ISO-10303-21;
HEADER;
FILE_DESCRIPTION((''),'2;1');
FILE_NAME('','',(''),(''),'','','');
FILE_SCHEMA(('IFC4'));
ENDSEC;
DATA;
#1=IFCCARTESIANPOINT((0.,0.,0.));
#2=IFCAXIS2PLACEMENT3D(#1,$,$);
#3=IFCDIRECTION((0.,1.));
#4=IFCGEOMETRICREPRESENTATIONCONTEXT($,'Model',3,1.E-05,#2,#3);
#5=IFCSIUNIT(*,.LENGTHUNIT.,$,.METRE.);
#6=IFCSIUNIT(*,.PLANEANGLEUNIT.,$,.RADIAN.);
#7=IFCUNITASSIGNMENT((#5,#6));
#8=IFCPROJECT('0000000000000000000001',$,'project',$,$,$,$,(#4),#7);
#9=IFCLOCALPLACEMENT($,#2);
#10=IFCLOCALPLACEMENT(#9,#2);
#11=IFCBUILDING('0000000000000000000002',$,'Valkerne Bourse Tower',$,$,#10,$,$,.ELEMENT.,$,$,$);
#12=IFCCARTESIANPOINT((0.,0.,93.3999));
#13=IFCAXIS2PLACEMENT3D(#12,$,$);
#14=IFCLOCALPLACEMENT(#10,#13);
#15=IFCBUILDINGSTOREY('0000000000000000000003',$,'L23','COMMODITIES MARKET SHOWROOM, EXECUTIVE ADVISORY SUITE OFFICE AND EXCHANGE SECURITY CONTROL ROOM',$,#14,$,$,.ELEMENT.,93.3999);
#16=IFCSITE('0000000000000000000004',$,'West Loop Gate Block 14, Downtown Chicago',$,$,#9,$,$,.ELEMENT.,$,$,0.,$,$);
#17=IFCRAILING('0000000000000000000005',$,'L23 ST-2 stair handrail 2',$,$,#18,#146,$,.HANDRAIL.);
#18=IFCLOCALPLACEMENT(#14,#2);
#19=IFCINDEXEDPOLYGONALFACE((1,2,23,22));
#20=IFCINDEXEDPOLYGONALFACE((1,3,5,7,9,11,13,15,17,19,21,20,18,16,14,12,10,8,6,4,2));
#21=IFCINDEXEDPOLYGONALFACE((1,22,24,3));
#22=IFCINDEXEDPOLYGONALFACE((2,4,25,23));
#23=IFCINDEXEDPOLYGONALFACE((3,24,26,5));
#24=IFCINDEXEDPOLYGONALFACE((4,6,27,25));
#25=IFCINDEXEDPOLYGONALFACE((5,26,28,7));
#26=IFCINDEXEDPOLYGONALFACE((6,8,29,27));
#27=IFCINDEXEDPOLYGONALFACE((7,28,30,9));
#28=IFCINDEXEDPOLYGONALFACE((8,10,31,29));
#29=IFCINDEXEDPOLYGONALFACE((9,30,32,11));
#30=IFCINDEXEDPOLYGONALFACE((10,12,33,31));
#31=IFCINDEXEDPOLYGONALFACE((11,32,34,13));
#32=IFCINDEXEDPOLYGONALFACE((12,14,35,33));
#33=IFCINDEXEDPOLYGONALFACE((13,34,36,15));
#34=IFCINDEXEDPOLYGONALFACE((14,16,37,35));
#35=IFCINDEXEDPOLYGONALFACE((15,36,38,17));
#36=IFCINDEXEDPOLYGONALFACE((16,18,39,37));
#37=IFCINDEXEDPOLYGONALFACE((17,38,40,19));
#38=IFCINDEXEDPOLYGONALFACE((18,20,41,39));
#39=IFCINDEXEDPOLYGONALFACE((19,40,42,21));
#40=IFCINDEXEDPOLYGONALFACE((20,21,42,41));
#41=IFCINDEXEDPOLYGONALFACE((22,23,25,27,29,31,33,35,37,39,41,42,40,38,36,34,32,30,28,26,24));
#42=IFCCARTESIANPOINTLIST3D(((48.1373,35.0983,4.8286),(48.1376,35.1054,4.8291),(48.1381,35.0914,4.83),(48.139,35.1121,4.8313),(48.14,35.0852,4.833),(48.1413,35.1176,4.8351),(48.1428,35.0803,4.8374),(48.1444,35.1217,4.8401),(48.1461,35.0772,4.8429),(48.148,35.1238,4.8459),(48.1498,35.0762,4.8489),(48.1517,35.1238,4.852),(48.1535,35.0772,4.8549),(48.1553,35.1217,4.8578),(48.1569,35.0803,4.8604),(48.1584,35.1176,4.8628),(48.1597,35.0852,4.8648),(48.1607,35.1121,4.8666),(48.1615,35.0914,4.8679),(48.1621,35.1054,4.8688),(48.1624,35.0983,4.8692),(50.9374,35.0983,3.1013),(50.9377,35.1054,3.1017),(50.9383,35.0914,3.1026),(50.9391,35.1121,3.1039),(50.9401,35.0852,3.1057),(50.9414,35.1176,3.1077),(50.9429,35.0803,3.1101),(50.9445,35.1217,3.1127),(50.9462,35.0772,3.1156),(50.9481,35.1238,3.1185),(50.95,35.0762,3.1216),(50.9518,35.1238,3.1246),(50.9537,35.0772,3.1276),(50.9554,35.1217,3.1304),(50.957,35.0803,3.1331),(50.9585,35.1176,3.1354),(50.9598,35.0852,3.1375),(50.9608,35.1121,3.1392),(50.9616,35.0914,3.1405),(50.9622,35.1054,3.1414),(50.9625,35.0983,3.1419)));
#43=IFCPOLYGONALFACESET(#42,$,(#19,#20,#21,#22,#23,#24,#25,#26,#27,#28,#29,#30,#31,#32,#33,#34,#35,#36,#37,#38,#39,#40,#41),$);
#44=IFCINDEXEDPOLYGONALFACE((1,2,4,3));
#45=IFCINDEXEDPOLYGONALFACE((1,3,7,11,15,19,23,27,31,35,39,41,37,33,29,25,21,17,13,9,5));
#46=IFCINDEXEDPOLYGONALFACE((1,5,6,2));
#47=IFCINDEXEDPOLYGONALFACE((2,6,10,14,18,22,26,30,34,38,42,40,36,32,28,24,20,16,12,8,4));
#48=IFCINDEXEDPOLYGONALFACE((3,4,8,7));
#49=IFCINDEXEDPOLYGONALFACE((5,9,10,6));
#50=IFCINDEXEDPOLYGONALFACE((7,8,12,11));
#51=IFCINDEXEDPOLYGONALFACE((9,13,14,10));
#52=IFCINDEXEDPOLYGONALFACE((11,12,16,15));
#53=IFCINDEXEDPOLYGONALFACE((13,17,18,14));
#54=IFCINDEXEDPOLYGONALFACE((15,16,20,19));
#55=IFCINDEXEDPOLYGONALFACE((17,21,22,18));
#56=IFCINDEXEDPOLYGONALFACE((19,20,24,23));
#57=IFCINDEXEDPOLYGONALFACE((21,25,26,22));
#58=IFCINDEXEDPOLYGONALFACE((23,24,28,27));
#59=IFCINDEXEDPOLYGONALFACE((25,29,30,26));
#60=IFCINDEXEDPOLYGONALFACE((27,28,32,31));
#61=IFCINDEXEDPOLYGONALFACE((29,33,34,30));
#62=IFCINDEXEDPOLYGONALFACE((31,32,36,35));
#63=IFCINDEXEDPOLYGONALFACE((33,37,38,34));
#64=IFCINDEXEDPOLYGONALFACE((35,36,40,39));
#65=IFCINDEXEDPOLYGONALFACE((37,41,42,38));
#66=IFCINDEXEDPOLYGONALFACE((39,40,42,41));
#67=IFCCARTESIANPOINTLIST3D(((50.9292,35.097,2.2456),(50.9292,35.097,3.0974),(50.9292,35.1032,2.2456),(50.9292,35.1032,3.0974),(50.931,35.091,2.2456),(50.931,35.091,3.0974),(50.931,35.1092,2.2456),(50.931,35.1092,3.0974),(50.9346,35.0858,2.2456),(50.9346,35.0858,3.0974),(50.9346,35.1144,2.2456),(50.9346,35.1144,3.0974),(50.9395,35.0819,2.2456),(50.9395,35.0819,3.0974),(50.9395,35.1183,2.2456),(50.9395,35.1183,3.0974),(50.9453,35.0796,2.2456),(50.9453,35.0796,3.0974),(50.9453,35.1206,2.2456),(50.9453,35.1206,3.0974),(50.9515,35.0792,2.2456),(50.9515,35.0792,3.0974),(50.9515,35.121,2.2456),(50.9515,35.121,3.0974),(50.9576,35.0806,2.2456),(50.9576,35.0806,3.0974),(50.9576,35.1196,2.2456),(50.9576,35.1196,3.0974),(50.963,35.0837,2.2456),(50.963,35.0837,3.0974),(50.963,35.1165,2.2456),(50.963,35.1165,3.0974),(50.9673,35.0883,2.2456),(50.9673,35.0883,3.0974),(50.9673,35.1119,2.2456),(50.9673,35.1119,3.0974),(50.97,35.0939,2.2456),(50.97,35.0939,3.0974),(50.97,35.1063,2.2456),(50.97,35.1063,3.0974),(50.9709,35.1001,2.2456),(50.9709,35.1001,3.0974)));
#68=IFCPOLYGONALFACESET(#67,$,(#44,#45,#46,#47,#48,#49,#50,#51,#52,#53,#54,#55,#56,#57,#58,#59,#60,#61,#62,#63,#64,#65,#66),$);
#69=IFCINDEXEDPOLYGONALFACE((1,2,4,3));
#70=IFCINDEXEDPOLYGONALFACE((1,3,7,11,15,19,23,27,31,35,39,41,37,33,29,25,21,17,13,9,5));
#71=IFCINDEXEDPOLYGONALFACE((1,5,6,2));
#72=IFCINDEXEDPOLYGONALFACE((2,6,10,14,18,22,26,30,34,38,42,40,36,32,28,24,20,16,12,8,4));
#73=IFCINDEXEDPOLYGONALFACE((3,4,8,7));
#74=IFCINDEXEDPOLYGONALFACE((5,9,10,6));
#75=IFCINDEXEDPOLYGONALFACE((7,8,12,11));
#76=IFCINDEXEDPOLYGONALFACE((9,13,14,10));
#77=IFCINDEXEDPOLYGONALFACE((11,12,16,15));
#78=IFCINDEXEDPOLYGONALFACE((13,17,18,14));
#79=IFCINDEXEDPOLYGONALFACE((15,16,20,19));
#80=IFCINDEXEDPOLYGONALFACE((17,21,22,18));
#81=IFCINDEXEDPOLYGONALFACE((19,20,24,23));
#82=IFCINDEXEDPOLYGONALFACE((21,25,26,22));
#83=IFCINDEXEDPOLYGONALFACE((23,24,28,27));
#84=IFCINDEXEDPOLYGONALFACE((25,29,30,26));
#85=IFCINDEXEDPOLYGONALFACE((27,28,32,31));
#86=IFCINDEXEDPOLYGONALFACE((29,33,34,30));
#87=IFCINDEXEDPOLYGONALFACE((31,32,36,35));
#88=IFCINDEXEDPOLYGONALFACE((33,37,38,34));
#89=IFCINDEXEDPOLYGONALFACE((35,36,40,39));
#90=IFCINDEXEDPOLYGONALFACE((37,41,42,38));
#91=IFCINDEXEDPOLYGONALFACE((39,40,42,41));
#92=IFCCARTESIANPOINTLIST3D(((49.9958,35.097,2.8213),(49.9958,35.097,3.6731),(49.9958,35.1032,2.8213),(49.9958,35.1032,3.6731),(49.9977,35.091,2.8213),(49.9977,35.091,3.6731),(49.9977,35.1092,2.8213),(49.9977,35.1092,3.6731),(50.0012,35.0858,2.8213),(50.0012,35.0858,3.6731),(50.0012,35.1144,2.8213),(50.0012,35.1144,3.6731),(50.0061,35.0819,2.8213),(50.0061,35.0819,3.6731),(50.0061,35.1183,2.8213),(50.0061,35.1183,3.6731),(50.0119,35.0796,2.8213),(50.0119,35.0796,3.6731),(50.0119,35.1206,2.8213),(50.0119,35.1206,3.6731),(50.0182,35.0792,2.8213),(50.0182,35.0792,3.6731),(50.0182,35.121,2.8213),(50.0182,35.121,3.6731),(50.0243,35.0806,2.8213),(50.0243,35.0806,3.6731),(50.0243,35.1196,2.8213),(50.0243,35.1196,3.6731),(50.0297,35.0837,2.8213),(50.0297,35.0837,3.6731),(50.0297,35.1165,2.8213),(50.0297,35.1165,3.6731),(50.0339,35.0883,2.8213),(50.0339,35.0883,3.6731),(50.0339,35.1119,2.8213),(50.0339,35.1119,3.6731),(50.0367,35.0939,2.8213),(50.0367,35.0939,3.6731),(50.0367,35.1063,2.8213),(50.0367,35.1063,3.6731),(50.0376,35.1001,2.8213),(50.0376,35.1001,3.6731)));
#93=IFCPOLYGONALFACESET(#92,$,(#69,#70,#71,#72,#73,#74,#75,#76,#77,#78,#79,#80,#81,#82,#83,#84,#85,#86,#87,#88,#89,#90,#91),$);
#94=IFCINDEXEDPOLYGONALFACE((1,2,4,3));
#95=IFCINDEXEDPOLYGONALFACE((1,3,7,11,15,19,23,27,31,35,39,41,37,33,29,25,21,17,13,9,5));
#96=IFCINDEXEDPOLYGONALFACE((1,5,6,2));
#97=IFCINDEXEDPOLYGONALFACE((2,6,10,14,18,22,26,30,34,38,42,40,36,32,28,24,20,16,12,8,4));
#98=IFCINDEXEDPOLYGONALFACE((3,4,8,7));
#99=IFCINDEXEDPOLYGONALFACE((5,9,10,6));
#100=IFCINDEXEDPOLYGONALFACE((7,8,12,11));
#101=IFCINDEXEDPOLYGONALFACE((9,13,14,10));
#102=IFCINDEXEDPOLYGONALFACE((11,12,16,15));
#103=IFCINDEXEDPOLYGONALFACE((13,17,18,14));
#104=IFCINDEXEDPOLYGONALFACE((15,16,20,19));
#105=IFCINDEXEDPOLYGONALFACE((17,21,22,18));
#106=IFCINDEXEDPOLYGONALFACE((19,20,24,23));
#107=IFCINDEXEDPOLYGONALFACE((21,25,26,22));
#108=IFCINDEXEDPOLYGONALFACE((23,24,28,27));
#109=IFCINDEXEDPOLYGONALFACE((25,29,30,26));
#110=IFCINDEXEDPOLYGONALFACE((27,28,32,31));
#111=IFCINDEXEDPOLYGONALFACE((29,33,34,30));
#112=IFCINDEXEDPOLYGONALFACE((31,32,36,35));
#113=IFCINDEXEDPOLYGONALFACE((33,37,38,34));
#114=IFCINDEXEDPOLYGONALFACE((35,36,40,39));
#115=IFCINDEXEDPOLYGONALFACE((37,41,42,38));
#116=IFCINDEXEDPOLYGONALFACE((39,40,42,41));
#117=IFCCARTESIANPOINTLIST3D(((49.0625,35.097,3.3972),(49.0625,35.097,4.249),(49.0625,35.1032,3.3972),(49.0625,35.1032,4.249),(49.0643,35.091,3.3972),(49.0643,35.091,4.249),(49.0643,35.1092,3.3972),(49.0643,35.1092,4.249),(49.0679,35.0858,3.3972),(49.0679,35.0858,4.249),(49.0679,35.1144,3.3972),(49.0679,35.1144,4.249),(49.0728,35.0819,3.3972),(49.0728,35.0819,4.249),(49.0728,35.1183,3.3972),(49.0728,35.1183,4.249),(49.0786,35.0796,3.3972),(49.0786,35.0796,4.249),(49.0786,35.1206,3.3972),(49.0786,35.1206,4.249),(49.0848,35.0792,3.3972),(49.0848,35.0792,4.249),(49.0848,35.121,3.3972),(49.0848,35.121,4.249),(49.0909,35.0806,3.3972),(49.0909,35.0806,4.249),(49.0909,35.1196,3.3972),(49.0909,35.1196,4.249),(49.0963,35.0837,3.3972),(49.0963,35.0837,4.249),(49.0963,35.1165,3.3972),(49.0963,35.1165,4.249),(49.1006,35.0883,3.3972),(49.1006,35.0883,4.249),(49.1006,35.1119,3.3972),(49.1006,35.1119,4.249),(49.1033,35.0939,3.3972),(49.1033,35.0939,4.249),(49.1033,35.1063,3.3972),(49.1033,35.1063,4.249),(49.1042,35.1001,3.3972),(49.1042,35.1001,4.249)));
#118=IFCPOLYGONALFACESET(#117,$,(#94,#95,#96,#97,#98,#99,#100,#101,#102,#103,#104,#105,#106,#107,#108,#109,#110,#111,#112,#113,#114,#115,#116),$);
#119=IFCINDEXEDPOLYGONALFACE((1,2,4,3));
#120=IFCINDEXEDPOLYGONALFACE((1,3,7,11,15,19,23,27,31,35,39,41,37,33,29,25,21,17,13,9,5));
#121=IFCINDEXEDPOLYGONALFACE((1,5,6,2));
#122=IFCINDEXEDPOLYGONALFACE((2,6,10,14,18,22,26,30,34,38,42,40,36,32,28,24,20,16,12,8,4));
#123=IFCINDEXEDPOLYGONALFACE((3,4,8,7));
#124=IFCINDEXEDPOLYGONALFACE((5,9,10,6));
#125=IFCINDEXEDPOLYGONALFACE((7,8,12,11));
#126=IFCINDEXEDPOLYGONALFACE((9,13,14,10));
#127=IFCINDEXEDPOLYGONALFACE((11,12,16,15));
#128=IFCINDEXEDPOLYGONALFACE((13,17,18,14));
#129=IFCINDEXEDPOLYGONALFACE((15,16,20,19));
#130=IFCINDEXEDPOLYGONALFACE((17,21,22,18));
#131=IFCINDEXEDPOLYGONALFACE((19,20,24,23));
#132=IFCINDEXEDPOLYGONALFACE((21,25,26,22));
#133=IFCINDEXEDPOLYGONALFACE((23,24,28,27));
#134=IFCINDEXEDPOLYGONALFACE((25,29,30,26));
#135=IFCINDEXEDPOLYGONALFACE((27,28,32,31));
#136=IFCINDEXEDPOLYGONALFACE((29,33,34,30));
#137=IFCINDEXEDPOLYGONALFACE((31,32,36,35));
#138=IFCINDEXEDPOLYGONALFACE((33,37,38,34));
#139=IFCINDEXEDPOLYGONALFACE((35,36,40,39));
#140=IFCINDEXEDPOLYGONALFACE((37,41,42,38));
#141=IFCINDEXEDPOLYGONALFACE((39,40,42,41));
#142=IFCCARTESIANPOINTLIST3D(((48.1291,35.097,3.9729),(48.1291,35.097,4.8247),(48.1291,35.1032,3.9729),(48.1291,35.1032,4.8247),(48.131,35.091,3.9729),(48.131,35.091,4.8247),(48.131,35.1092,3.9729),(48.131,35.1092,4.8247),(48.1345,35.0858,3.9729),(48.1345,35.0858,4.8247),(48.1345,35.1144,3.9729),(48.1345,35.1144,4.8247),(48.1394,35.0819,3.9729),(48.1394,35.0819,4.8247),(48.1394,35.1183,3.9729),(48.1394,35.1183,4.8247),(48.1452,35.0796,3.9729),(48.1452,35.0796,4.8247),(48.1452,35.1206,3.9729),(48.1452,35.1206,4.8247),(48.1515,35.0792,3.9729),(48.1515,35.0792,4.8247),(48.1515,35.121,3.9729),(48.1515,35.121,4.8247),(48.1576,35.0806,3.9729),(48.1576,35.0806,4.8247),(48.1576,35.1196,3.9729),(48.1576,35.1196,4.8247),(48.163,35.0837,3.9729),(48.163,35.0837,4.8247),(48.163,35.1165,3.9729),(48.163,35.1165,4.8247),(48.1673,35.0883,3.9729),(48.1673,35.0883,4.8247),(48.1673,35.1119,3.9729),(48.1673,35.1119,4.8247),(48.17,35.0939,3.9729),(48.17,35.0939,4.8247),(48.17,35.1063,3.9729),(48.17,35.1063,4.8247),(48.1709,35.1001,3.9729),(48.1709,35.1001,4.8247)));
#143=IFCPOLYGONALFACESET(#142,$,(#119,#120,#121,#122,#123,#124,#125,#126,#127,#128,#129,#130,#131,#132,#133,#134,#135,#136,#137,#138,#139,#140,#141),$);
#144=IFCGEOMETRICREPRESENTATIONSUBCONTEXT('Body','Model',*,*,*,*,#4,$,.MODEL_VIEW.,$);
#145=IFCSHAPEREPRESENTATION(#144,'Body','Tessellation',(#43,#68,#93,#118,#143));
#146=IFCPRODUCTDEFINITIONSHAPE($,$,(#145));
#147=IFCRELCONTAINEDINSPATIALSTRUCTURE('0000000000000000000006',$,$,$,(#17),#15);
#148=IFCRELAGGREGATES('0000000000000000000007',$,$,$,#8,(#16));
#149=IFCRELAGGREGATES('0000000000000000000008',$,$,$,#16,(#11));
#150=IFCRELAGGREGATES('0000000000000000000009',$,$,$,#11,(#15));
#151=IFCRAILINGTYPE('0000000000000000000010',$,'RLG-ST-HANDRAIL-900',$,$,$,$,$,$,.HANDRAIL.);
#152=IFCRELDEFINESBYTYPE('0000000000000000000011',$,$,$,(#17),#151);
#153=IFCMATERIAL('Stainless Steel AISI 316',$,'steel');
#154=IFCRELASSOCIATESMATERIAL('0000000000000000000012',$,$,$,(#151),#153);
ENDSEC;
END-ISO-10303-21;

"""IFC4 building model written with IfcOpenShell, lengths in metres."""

from ifc_helpers import new_model, si_unit, direction, frame, origin, origin_2d, place, context, subcontext, project, spatial, circle, extrude, material, type_object, element, save


model = new_model("IFC4")

# Units and contexts
model_context = context("Model", 3, precision=1e-05, world=origin(), true_north=direction((0.0, 1.0)))
body_context = subcontext(model_context, "Body", "Model", "MODEL_VIEW")
ifc_project = project(units=[si_unit("LENGTHUNIT", "METRE"), si_unit("PLANEANGLEUNIT", "RADIAN")], contexts=[model_context])

# Site, building, storey
site_placement = place(None, origin())
site = spatial("IfcSite", under=ifc_project, at=site_placement, Name="West Loop Gate Block 14, Downtown Chicago", CompositionType="ELEMENT", RefElevation=0.0)
building_placement = place(site_placement, origin())
building = spatial("IfcBuilding", under=site, at=building_placement, Name="Valkerne Bourse Tower", CompositionType="ELEMENT")
storey_placement = place(building_placement, frame((0.0, 0.0, 93.3999)))
storey = spatial("IfcBuildingStorey", under=building, at=storey_placement, Name="L23", Description="COMMODITIES MARKET SHOWROOM, EXECUTIVE ADVISORY SUITE OFFICE AND EXCHANGE SECURITY CONTROL ROOM", CompositionType="ELEMENT", Elevation=93.3999)

# Shared definitions
ifc_material_1 = material(Name="Stainless Steel AISI 316", Category="steel")

# Railing
railing_type_1 = type_object("IfcRailingType", Name="RLG-ST-HANDRAIL-900", PredefinedType="HANDRAIL", material=ifc_material_1)
railing_1_placement = place(storey_placement, frame((50.95, 35.1001, 2.2456)))
element("IfcRailing", 1, at=railing_1_placement, inside=storey, type_object=railing_type_1, Name="L23 ST-2 stair handrail 2", PredefinedType="HANDRAIL", context=body_context, shape_type="SweptSolid", body=[
    extrude(circle(Radius=0.0239, at=origin_2d()), frame((0.0, 0.0, 0.876), z_axis=(-0.85109, 0.0, 0.52502), x_axis=(0.0, -1.0, 0.0)), (0.0, 0.0, 1.0), 3.29),
    extrude(circle(Radius=0.021, at=origin_2d()), origin(), (0.0, 0.0, 1.0), 0.8518),
    extrude(circle(Radius=0.021, at=origin_2d()), frame((-0.9333, 0.0, 0.5757)), (0.0, 0.0, 1.0), 0.8518),
    extrude(circle(Radius=0.021, at=origin_2d()), frame((-1.8667, 0.0, 1.1516)), (0.0, 0.0, 1.0), 0.8518),
    extrude(circle(Radius=0.021, at=origin_2d()), frame((-2.8, 0.0, 1.7273)), (0.0, 0.0, 1.0), 0.8518),
])

save(model, "model.ifc")
